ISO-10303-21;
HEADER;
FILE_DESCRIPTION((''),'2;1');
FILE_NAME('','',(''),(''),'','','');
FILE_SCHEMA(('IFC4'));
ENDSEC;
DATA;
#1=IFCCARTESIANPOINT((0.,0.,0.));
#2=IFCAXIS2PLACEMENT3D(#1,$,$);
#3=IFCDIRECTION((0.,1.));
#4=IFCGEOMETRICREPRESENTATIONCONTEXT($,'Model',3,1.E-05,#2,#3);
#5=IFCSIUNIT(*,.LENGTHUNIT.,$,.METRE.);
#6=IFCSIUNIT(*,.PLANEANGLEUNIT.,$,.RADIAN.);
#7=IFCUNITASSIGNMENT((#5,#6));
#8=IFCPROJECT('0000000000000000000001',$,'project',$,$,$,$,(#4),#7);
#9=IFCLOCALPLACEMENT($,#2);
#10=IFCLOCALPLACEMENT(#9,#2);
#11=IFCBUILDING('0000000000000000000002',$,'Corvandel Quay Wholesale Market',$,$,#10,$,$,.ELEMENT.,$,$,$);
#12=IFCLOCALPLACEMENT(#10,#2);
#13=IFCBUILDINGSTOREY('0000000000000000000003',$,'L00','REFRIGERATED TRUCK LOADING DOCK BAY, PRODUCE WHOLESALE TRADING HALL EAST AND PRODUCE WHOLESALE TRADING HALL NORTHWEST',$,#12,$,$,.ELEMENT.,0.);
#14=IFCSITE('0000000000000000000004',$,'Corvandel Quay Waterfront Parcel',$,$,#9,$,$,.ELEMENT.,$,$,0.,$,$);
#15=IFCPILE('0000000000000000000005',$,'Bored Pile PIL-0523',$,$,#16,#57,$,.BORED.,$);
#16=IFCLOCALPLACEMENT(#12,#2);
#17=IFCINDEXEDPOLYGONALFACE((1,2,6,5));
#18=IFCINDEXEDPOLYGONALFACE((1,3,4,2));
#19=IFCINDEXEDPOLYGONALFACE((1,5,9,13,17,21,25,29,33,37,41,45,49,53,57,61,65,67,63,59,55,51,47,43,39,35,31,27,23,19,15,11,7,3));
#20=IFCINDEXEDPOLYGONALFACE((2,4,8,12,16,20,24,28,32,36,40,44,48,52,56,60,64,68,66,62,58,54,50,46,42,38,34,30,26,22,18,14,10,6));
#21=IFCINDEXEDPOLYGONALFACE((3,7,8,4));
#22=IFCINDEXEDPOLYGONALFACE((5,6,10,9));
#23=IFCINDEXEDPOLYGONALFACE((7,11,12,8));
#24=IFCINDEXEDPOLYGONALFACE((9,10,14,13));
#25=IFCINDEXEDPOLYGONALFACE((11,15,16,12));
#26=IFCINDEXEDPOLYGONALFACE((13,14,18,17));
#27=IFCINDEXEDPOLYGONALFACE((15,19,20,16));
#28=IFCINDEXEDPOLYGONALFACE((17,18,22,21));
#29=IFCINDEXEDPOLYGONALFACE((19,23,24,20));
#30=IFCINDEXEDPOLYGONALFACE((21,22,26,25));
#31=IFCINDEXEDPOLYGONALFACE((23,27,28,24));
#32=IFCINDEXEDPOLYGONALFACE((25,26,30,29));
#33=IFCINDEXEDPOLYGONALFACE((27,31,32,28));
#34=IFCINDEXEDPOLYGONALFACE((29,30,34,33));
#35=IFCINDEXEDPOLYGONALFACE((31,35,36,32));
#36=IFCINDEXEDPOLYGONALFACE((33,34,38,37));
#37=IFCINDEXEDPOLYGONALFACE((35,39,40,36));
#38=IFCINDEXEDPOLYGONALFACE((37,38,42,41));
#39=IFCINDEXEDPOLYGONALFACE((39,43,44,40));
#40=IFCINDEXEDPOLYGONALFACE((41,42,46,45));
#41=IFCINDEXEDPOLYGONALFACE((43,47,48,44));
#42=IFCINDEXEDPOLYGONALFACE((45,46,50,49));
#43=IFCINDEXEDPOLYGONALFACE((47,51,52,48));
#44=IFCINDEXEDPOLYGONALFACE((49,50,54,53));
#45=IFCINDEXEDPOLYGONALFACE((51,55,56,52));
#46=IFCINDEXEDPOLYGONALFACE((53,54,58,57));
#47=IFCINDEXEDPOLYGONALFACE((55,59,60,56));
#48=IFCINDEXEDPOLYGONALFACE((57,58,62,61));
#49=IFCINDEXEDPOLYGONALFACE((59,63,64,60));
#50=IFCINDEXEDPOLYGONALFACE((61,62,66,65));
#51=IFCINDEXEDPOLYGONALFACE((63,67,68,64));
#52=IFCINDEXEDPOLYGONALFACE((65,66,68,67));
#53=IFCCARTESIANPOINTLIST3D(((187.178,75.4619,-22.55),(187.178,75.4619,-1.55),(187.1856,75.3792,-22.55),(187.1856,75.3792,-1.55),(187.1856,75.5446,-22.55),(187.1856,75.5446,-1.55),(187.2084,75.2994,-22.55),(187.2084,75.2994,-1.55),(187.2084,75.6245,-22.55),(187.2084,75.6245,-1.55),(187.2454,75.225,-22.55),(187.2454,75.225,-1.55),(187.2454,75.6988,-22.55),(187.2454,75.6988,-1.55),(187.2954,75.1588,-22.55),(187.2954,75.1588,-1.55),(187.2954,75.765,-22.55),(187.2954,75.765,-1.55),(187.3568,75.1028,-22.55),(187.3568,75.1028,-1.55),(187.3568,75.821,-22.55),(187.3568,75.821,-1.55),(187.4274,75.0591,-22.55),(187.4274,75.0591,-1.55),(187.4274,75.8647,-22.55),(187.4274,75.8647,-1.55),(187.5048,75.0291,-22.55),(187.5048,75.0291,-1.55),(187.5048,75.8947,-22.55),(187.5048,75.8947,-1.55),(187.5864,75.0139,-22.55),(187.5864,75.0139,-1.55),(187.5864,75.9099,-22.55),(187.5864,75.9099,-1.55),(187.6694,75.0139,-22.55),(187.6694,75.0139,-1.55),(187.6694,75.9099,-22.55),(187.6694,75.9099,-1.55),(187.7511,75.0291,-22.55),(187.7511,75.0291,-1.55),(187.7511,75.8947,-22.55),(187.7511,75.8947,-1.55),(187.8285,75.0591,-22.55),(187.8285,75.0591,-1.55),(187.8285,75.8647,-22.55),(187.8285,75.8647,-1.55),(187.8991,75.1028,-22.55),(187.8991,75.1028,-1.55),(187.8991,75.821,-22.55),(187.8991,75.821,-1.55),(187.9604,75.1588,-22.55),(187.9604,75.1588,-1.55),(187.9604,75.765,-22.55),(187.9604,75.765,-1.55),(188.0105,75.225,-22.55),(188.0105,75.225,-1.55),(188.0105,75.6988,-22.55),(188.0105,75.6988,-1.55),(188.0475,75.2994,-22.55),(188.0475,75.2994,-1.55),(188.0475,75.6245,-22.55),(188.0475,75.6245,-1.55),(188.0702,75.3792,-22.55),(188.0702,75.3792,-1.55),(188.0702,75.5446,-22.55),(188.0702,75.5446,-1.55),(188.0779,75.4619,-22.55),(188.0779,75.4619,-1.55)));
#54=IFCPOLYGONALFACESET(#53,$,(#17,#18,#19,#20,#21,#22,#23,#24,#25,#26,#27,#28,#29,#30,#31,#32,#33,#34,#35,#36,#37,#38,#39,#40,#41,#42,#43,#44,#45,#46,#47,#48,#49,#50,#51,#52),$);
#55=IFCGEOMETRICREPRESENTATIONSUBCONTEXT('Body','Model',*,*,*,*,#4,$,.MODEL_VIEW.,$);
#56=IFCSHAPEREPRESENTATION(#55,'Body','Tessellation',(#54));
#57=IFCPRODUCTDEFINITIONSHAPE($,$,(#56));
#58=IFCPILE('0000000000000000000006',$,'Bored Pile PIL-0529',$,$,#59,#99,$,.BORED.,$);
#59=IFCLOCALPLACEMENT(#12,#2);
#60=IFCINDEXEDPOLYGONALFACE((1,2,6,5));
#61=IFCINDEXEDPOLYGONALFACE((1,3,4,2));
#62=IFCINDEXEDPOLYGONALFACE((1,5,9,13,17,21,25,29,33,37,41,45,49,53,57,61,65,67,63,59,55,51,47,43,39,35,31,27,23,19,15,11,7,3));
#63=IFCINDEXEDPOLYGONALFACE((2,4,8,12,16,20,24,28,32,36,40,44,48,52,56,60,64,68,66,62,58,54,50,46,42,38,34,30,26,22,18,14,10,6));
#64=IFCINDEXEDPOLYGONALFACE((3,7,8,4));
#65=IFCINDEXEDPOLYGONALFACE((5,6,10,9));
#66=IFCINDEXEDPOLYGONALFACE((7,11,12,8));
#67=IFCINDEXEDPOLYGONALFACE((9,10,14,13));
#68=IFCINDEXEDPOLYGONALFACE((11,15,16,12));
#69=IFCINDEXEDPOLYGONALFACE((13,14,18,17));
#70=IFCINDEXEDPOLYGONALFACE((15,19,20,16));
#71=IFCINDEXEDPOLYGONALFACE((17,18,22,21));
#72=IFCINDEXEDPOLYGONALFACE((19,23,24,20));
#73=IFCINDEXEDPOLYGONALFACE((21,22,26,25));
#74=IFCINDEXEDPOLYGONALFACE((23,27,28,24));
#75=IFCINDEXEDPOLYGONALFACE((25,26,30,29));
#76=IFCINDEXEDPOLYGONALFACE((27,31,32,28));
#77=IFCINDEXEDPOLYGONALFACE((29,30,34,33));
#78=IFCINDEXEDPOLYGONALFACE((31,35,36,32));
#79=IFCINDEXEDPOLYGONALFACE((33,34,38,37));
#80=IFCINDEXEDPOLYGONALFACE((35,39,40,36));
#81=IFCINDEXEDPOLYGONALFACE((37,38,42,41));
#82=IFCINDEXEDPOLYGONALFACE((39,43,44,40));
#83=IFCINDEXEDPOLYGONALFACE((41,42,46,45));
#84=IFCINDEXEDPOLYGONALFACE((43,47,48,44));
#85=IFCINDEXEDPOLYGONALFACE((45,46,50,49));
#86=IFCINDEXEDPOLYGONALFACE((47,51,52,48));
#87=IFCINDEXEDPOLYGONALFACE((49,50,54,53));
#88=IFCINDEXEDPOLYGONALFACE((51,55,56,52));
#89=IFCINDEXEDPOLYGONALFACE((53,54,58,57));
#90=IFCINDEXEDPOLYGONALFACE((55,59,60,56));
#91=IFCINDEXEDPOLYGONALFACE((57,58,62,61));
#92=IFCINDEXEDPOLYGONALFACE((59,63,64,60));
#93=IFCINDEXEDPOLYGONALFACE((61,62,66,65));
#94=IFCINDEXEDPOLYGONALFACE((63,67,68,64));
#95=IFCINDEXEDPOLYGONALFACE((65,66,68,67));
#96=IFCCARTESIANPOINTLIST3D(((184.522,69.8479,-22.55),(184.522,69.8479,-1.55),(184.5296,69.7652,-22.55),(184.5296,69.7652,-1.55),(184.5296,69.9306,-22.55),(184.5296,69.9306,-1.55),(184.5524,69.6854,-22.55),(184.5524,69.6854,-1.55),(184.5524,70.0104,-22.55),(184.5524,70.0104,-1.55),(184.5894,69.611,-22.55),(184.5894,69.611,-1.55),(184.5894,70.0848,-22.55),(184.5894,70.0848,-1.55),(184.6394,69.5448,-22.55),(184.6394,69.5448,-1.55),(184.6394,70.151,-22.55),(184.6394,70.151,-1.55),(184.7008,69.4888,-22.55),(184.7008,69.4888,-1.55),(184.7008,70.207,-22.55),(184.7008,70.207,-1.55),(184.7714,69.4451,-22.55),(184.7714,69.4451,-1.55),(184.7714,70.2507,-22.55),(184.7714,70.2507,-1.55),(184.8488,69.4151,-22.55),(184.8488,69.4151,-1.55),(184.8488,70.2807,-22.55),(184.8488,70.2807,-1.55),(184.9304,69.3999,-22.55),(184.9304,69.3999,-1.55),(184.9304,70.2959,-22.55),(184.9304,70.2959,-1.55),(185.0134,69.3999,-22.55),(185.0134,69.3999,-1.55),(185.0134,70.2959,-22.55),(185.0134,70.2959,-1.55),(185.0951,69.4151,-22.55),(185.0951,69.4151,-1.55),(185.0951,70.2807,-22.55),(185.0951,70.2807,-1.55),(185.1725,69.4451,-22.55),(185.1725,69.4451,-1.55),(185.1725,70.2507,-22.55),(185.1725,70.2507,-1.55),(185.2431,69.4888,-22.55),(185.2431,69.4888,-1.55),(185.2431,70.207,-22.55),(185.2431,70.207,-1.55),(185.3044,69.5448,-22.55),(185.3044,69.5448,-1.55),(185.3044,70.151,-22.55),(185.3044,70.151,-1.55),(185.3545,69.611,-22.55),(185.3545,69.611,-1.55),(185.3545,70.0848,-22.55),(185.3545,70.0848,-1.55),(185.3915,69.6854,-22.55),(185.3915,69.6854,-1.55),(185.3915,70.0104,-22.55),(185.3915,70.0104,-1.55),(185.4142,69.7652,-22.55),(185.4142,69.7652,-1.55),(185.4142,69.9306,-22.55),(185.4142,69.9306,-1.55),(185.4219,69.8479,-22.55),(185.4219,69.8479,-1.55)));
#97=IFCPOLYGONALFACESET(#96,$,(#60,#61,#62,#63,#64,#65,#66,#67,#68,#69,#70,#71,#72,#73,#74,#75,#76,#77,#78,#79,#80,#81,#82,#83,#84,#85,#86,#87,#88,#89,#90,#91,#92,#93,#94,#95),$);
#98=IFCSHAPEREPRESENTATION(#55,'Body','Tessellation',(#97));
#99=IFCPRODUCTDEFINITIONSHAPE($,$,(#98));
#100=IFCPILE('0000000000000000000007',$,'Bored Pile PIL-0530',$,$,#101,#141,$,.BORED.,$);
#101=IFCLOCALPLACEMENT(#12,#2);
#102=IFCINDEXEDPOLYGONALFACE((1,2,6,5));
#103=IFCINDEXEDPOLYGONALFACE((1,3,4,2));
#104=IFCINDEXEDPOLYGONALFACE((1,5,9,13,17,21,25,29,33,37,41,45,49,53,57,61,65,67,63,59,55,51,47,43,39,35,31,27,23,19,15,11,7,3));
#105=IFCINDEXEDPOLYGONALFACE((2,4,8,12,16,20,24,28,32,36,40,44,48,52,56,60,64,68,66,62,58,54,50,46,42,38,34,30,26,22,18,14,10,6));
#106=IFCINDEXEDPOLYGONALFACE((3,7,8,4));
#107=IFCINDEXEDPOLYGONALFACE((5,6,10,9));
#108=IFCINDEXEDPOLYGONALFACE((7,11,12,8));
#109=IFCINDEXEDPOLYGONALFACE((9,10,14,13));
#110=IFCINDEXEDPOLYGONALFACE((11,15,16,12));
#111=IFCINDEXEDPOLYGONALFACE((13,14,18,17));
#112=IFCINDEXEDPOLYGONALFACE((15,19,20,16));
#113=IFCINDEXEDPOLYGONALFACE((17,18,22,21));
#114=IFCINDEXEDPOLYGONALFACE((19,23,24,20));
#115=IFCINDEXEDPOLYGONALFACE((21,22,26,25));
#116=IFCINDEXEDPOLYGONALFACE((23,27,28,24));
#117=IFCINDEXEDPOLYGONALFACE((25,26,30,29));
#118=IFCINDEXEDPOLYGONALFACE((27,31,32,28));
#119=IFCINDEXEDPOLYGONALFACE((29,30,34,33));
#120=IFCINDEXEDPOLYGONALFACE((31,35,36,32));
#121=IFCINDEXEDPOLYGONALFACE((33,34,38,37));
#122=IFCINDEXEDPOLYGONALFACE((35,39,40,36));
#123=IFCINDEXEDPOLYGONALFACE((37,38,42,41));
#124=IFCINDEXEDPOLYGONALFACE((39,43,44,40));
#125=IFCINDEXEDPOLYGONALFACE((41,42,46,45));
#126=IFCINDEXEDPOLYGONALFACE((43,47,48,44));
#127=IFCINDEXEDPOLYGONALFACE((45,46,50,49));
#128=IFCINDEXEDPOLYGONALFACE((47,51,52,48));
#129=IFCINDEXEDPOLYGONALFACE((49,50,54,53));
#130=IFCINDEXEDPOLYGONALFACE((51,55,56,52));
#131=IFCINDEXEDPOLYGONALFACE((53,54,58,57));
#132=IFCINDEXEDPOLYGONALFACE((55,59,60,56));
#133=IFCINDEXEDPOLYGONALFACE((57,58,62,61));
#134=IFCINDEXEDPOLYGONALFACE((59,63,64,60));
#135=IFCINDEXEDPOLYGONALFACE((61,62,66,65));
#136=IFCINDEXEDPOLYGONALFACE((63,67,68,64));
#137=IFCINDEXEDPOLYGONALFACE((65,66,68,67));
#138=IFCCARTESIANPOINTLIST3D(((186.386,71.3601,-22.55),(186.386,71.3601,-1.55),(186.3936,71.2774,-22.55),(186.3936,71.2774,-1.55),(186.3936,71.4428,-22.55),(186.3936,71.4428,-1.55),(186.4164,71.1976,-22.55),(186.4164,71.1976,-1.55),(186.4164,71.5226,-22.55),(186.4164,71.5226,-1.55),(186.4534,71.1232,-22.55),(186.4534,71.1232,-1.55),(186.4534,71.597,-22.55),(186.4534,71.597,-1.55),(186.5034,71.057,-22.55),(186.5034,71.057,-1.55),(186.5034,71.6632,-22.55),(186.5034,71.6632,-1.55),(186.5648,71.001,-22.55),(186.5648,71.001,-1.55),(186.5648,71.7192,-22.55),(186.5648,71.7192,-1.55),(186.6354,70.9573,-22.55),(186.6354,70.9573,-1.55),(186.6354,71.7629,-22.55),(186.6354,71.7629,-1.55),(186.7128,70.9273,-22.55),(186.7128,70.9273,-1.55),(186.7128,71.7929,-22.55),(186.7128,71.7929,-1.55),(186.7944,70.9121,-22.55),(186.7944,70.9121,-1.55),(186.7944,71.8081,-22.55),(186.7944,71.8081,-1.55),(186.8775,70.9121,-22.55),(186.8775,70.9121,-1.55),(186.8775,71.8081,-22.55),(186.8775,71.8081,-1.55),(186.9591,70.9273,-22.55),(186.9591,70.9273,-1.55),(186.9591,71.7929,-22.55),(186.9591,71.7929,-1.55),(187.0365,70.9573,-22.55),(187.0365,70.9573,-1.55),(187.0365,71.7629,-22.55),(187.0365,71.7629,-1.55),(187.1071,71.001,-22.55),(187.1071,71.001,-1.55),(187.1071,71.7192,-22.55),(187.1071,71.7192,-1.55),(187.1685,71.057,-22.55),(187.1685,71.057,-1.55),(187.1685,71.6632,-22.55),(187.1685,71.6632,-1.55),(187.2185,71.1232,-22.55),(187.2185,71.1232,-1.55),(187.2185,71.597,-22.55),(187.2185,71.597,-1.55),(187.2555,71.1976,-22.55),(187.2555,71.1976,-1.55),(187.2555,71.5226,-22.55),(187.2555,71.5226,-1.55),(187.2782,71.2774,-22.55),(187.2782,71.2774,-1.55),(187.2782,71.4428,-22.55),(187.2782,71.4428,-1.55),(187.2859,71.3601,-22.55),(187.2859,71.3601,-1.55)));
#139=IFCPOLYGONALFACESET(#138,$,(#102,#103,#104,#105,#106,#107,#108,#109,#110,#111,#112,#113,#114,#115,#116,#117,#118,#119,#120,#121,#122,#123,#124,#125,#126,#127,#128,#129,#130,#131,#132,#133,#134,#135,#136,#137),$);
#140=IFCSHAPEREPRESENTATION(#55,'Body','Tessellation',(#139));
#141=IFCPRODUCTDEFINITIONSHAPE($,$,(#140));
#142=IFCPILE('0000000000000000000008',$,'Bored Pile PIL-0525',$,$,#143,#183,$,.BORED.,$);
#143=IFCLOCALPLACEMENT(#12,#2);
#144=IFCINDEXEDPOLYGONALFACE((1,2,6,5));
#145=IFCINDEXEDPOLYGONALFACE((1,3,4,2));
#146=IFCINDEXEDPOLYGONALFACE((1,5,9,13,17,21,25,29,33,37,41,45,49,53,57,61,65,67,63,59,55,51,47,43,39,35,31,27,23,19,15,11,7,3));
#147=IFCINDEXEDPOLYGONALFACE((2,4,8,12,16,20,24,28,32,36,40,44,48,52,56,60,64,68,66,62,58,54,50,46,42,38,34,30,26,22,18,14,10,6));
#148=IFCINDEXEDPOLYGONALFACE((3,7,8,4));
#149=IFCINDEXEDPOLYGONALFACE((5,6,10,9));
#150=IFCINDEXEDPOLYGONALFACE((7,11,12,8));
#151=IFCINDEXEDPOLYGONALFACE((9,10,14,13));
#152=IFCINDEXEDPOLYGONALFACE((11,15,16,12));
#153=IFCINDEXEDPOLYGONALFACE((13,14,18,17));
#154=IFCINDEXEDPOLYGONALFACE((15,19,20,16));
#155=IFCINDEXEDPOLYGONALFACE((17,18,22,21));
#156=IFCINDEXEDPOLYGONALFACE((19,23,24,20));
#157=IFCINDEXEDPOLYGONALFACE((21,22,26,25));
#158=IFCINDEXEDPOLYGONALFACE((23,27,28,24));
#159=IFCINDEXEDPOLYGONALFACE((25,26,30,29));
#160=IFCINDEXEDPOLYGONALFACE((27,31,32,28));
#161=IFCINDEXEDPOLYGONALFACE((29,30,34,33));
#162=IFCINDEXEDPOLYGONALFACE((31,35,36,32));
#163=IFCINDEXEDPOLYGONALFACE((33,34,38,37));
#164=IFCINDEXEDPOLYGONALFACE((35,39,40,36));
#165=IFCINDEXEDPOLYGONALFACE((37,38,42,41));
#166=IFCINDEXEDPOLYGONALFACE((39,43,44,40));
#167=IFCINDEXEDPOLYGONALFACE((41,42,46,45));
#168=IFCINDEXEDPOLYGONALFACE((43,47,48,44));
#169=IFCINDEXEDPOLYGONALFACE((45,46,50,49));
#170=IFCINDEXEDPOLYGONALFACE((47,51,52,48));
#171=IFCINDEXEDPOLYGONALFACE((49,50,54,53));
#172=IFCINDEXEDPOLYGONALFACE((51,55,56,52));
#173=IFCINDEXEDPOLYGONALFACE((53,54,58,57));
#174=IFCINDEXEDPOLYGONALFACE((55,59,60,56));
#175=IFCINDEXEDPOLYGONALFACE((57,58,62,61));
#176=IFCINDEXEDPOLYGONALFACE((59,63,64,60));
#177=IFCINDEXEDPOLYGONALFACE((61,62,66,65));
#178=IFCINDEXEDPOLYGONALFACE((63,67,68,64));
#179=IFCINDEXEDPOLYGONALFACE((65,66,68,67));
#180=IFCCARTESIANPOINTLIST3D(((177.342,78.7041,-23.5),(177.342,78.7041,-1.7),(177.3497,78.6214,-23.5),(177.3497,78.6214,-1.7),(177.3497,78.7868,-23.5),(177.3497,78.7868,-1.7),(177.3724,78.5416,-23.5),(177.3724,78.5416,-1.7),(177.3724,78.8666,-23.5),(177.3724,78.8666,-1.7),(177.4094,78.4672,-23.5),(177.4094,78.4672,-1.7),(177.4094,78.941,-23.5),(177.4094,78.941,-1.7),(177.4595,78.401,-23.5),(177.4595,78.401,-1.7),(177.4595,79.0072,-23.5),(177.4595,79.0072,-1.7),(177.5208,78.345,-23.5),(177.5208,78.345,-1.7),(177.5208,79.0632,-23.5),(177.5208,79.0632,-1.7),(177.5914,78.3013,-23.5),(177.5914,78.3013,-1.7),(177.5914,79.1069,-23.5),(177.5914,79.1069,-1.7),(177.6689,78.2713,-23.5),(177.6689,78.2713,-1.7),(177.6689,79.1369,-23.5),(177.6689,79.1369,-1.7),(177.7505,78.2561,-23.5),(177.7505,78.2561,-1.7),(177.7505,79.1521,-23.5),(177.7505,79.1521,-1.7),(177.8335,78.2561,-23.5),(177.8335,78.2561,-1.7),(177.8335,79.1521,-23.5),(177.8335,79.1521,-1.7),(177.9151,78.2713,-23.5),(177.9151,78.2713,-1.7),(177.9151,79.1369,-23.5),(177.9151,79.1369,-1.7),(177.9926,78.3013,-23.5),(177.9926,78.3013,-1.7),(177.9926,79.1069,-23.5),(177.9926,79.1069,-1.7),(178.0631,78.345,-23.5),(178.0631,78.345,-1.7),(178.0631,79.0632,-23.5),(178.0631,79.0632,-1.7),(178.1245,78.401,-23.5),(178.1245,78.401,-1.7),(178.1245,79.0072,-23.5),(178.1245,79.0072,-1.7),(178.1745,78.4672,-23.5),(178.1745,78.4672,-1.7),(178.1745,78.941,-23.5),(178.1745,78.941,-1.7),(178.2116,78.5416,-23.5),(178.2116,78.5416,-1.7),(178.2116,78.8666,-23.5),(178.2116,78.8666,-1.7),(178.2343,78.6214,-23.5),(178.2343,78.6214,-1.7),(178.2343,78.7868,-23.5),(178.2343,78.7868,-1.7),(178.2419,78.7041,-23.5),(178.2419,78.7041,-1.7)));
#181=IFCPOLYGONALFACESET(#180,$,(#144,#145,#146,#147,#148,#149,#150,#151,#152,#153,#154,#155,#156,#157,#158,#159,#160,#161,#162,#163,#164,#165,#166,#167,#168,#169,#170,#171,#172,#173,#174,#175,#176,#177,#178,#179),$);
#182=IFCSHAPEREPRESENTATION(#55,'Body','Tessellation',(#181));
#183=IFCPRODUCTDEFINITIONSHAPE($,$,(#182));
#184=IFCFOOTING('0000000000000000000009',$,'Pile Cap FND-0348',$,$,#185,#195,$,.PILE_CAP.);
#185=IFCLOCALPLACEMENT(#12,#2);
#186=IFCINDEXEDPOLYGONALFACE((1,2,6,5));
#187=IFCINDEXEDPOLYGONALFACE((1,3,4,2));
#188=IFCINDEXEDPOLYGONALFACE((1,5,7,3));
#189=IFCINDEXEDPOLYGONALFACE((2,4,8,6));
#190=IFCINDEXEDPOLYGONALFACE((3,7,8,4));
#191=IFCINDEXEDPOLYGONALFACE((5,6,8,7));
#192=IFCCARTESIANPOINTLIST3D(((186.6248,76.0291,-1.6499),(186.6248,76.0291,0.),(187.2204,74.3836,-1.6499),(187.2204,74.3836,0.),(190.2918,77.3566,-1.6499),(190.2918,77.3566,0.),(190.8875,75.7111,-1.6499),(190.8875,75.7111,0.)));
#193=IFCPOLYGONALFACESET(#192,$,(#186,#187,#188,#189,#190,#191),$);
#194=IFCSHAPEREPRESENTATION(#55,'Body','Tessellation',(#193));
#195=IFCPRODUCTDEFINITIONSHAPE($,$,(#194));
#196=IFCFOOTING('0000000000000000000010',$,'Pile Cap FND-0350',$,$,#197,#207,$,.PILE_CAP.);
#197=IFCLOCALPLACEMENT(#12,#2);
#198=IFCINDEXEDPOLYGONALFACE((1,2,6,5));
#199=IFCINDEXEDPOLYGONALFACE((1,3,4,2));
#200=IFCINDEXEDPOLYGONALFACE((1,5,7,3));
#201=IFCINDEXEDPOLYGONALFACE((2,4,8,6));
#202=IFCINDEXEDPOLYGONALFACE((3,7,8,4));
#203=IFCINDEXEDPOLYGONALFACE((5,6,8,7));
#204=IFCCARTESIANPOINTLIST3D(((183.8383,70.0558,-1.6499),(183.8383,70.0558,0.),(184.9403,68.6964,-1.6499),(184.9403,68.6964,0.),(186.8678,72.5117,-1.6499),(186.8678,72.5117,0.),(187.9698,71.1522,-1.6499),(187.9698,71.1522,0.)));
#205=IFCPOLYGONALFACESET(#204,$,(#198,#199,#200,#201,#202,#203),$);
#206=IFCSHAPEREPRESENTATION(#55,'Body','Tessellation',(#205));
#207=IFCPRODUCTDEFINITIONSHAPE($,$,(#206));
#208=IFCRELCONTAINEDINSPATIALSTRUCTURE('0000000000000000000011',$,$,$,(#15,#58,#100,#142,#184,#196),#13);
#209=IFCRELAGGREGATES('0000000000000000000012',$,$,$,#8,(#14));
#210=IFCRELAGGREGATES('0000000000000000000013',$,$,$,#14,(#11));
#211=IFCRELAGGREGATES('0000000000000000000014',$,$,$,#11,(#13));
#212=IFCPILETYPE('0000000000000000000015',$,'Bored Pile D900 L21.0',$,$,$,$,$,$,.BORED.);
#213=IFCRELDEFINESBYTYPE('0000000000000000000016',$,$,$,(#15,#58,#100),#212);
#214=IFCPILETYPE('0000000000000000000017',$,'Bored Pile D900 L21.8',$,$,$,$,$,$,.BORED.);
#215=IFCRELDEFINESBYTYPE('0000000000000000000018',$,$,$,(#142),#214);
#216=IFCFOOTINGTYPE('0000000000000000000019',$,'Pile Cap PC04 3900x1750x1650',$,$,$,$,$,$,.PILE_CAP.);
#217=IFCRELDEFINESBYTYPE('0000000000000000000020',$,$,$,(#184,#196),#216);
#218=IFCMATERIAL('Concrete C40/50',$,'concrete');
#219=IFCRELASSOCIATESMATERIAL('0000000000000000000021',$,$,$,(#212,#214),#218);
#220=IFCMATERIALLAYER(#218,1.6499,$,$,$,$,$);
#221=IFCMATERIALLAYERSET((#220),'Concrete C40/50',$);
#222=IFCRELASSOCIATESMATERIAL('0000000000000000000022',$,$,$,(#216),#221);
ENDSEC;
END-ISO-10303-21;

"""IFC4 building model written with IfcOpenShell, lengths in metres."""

from ifc_helpers import new_model, si_unit, direction, frame, origin, origin_2d, place, context, subcontext, project, spatial, rectangle, circle, extrude, material, layer, layer_set, material_profile, profile_set, type_object, element, save


model = new_model("IFC4")

# Units and contexts
model_context = context("Model", 3, precision=1e-05, world=origin(), true_north=direction((0.0, 1.0)))
body_context = subcontext(model_context, "Body", "Model", "MODEL_VIEW")
ifc_project = project(units=[si_unit("LENGTHUNIT", "METRE"), si_unit("PLANEANGLEUNIT", "RADIAN")], contexts=[model_context])

# Site, building, storey
site_placement = place(None, origin())
site = spatial("IfcSite", under=ifc_project, at=site_placement, Name="Corvandel Quay Waterfront Parcel", CompositionType="ELEMENT", RefElevation=0.0)
building_placement = place(site_placement, origin())
building = spatial("IfcBuilding", under=site, at=building_placement, Name="Corvandel Quay Wholesale Market", CompositionType="ELEMENT")
storey_placement = place(building_placement, origin())
storey = spatial("IfcBuildingStorey", under=building, at=storey_placement, Name="L00", Description="REFRIGERATED TRUCK LOADING DOCK BAY, PRODUCE WHOLESALE TRADING HALL EAST AND PRODUCE WHOLESALE TRADING HALL NORTHWEST", CompositionType="ELEMENT", Elevation=0.0)

# Piles
ifc_material_1 = material(Name="Concrete C40/50", Category="concrete")
ifc_material_profile_1 = material_profile(ifc_material_1, circle(Radius=0.45, at=origin_2d()), Name="RC-PILE-D900")
ifc_profile_set_1 = profile_set([ifc_material_profile_1], Name="Concrete C40/50")
pile_type_1 = type_object("IfcPileType", Name="Bored Pile D900 L21.0", PredefinedType="BORED", material=ifc_profile_set_1)
for number, where, z_axis, x_axis, name in (
    (1, (187.6279, 75.4619, -1.55), (0.0, 0.0, -1.0), (1.0, 0.0, 0.0), "Bored Pile PIL-0523"),
    (2, (184.9719, 69.8479, -1.55), (0.0, 0.0, -1.0), (1.0, 0.0, 0.0), "Bored Pile PIL-0529"),
    (3, (186.8359, 71.3601, -1.55), (0.0, 0.0, -1.0), (1.0, 0.0, 0.0), "Bored Pile PIL-0530"),
):
    element("IfcPile", number, at=place(storey_placement, frame(where, z_axis=z_axis, x_axis=x_axis)), inside=storey, type_object=pile_type_1, Name=name, PredefinedType="BORED", context=body_context, shape_type="SweptSolid", body=[
        extrude(circle(Radius=0.45, at=origin_2d()), origin(), (0.0, 0.0, 1.0), 21.0),
    ])
ifc_material_profile_2 = material_profile(ifc_material_1, circle(Radius=0.45, at=origin_2d()), Name="RC-PILE-D900")
ifc_profile_set_2 = profile_set([ifc_material_profile_2], Name="Concrete C40/50")
pile_type_2 = type_object("IfcPileType", Name="Bored Pile D900 L21.8", PredefinedType="BORED", material=ifc_profile_set_2)
pile_placement = place(storey_placement, frame((177.792, 78.7041, -1.7), z_axis=(0.0, 0.0, -1.0), x_axis=(1.0, 0.0, 0.0)))
element("IfcPile", 4, at=pile_placement, inside=storey, type_object=pile_type_2, Name="Bored Pile PIL-0525", PredefinedType="BORED", context=body_context, shape_type="SweptSolid", body=[
    extrude(circle(Radius=0.45, at=origin_2d()), origin(), (0.0, 0.0, 1.0), 21.8),
])

# Footings
ifc_layer_1 = layer(ifc_material_1, 1.6499)
ifc_layer_set_1 = layer_set([ifc_layer_1], Name="Concrete C40/50")
footing_type_1 = type_object("IfcFootingType", Name="Pile Cap PC04 3900x1750x1650", PredefinedType="PILE_CAP", material=ifc_layer_set_1)
for number, where, z_axis, x_axis, name in (
    (5, (188.7561, 75.8701, -1.6499), (0.0, 0.0, 1.0), (0.940288, 0.34038, 0.0), "Pile Cap FND-0348"),
    (6, (185.9041, 70.604, -1.6499), (0.0, 0.0, 1.0), (0.776816, 0.629727, 0.0), "Pile Cap FND-0350"),
):
    element("IfcFooting", number, at=place(storey_placement, frame(where, z_axis=z_axis, x_axis=x_axis)), inside=storey, type_object=footing_type_1, Name=name, PredefinedType="PILE_CAP", context=body_context, shape_type="SweptSolid", body=[
        extrude(rectangle(XDim=3.8999, YDim=1.75, at=origin_2d()), origin(), (0.0, 0.0, 1.0), 1.6499),
    ])

save(model, "model.ifc")
